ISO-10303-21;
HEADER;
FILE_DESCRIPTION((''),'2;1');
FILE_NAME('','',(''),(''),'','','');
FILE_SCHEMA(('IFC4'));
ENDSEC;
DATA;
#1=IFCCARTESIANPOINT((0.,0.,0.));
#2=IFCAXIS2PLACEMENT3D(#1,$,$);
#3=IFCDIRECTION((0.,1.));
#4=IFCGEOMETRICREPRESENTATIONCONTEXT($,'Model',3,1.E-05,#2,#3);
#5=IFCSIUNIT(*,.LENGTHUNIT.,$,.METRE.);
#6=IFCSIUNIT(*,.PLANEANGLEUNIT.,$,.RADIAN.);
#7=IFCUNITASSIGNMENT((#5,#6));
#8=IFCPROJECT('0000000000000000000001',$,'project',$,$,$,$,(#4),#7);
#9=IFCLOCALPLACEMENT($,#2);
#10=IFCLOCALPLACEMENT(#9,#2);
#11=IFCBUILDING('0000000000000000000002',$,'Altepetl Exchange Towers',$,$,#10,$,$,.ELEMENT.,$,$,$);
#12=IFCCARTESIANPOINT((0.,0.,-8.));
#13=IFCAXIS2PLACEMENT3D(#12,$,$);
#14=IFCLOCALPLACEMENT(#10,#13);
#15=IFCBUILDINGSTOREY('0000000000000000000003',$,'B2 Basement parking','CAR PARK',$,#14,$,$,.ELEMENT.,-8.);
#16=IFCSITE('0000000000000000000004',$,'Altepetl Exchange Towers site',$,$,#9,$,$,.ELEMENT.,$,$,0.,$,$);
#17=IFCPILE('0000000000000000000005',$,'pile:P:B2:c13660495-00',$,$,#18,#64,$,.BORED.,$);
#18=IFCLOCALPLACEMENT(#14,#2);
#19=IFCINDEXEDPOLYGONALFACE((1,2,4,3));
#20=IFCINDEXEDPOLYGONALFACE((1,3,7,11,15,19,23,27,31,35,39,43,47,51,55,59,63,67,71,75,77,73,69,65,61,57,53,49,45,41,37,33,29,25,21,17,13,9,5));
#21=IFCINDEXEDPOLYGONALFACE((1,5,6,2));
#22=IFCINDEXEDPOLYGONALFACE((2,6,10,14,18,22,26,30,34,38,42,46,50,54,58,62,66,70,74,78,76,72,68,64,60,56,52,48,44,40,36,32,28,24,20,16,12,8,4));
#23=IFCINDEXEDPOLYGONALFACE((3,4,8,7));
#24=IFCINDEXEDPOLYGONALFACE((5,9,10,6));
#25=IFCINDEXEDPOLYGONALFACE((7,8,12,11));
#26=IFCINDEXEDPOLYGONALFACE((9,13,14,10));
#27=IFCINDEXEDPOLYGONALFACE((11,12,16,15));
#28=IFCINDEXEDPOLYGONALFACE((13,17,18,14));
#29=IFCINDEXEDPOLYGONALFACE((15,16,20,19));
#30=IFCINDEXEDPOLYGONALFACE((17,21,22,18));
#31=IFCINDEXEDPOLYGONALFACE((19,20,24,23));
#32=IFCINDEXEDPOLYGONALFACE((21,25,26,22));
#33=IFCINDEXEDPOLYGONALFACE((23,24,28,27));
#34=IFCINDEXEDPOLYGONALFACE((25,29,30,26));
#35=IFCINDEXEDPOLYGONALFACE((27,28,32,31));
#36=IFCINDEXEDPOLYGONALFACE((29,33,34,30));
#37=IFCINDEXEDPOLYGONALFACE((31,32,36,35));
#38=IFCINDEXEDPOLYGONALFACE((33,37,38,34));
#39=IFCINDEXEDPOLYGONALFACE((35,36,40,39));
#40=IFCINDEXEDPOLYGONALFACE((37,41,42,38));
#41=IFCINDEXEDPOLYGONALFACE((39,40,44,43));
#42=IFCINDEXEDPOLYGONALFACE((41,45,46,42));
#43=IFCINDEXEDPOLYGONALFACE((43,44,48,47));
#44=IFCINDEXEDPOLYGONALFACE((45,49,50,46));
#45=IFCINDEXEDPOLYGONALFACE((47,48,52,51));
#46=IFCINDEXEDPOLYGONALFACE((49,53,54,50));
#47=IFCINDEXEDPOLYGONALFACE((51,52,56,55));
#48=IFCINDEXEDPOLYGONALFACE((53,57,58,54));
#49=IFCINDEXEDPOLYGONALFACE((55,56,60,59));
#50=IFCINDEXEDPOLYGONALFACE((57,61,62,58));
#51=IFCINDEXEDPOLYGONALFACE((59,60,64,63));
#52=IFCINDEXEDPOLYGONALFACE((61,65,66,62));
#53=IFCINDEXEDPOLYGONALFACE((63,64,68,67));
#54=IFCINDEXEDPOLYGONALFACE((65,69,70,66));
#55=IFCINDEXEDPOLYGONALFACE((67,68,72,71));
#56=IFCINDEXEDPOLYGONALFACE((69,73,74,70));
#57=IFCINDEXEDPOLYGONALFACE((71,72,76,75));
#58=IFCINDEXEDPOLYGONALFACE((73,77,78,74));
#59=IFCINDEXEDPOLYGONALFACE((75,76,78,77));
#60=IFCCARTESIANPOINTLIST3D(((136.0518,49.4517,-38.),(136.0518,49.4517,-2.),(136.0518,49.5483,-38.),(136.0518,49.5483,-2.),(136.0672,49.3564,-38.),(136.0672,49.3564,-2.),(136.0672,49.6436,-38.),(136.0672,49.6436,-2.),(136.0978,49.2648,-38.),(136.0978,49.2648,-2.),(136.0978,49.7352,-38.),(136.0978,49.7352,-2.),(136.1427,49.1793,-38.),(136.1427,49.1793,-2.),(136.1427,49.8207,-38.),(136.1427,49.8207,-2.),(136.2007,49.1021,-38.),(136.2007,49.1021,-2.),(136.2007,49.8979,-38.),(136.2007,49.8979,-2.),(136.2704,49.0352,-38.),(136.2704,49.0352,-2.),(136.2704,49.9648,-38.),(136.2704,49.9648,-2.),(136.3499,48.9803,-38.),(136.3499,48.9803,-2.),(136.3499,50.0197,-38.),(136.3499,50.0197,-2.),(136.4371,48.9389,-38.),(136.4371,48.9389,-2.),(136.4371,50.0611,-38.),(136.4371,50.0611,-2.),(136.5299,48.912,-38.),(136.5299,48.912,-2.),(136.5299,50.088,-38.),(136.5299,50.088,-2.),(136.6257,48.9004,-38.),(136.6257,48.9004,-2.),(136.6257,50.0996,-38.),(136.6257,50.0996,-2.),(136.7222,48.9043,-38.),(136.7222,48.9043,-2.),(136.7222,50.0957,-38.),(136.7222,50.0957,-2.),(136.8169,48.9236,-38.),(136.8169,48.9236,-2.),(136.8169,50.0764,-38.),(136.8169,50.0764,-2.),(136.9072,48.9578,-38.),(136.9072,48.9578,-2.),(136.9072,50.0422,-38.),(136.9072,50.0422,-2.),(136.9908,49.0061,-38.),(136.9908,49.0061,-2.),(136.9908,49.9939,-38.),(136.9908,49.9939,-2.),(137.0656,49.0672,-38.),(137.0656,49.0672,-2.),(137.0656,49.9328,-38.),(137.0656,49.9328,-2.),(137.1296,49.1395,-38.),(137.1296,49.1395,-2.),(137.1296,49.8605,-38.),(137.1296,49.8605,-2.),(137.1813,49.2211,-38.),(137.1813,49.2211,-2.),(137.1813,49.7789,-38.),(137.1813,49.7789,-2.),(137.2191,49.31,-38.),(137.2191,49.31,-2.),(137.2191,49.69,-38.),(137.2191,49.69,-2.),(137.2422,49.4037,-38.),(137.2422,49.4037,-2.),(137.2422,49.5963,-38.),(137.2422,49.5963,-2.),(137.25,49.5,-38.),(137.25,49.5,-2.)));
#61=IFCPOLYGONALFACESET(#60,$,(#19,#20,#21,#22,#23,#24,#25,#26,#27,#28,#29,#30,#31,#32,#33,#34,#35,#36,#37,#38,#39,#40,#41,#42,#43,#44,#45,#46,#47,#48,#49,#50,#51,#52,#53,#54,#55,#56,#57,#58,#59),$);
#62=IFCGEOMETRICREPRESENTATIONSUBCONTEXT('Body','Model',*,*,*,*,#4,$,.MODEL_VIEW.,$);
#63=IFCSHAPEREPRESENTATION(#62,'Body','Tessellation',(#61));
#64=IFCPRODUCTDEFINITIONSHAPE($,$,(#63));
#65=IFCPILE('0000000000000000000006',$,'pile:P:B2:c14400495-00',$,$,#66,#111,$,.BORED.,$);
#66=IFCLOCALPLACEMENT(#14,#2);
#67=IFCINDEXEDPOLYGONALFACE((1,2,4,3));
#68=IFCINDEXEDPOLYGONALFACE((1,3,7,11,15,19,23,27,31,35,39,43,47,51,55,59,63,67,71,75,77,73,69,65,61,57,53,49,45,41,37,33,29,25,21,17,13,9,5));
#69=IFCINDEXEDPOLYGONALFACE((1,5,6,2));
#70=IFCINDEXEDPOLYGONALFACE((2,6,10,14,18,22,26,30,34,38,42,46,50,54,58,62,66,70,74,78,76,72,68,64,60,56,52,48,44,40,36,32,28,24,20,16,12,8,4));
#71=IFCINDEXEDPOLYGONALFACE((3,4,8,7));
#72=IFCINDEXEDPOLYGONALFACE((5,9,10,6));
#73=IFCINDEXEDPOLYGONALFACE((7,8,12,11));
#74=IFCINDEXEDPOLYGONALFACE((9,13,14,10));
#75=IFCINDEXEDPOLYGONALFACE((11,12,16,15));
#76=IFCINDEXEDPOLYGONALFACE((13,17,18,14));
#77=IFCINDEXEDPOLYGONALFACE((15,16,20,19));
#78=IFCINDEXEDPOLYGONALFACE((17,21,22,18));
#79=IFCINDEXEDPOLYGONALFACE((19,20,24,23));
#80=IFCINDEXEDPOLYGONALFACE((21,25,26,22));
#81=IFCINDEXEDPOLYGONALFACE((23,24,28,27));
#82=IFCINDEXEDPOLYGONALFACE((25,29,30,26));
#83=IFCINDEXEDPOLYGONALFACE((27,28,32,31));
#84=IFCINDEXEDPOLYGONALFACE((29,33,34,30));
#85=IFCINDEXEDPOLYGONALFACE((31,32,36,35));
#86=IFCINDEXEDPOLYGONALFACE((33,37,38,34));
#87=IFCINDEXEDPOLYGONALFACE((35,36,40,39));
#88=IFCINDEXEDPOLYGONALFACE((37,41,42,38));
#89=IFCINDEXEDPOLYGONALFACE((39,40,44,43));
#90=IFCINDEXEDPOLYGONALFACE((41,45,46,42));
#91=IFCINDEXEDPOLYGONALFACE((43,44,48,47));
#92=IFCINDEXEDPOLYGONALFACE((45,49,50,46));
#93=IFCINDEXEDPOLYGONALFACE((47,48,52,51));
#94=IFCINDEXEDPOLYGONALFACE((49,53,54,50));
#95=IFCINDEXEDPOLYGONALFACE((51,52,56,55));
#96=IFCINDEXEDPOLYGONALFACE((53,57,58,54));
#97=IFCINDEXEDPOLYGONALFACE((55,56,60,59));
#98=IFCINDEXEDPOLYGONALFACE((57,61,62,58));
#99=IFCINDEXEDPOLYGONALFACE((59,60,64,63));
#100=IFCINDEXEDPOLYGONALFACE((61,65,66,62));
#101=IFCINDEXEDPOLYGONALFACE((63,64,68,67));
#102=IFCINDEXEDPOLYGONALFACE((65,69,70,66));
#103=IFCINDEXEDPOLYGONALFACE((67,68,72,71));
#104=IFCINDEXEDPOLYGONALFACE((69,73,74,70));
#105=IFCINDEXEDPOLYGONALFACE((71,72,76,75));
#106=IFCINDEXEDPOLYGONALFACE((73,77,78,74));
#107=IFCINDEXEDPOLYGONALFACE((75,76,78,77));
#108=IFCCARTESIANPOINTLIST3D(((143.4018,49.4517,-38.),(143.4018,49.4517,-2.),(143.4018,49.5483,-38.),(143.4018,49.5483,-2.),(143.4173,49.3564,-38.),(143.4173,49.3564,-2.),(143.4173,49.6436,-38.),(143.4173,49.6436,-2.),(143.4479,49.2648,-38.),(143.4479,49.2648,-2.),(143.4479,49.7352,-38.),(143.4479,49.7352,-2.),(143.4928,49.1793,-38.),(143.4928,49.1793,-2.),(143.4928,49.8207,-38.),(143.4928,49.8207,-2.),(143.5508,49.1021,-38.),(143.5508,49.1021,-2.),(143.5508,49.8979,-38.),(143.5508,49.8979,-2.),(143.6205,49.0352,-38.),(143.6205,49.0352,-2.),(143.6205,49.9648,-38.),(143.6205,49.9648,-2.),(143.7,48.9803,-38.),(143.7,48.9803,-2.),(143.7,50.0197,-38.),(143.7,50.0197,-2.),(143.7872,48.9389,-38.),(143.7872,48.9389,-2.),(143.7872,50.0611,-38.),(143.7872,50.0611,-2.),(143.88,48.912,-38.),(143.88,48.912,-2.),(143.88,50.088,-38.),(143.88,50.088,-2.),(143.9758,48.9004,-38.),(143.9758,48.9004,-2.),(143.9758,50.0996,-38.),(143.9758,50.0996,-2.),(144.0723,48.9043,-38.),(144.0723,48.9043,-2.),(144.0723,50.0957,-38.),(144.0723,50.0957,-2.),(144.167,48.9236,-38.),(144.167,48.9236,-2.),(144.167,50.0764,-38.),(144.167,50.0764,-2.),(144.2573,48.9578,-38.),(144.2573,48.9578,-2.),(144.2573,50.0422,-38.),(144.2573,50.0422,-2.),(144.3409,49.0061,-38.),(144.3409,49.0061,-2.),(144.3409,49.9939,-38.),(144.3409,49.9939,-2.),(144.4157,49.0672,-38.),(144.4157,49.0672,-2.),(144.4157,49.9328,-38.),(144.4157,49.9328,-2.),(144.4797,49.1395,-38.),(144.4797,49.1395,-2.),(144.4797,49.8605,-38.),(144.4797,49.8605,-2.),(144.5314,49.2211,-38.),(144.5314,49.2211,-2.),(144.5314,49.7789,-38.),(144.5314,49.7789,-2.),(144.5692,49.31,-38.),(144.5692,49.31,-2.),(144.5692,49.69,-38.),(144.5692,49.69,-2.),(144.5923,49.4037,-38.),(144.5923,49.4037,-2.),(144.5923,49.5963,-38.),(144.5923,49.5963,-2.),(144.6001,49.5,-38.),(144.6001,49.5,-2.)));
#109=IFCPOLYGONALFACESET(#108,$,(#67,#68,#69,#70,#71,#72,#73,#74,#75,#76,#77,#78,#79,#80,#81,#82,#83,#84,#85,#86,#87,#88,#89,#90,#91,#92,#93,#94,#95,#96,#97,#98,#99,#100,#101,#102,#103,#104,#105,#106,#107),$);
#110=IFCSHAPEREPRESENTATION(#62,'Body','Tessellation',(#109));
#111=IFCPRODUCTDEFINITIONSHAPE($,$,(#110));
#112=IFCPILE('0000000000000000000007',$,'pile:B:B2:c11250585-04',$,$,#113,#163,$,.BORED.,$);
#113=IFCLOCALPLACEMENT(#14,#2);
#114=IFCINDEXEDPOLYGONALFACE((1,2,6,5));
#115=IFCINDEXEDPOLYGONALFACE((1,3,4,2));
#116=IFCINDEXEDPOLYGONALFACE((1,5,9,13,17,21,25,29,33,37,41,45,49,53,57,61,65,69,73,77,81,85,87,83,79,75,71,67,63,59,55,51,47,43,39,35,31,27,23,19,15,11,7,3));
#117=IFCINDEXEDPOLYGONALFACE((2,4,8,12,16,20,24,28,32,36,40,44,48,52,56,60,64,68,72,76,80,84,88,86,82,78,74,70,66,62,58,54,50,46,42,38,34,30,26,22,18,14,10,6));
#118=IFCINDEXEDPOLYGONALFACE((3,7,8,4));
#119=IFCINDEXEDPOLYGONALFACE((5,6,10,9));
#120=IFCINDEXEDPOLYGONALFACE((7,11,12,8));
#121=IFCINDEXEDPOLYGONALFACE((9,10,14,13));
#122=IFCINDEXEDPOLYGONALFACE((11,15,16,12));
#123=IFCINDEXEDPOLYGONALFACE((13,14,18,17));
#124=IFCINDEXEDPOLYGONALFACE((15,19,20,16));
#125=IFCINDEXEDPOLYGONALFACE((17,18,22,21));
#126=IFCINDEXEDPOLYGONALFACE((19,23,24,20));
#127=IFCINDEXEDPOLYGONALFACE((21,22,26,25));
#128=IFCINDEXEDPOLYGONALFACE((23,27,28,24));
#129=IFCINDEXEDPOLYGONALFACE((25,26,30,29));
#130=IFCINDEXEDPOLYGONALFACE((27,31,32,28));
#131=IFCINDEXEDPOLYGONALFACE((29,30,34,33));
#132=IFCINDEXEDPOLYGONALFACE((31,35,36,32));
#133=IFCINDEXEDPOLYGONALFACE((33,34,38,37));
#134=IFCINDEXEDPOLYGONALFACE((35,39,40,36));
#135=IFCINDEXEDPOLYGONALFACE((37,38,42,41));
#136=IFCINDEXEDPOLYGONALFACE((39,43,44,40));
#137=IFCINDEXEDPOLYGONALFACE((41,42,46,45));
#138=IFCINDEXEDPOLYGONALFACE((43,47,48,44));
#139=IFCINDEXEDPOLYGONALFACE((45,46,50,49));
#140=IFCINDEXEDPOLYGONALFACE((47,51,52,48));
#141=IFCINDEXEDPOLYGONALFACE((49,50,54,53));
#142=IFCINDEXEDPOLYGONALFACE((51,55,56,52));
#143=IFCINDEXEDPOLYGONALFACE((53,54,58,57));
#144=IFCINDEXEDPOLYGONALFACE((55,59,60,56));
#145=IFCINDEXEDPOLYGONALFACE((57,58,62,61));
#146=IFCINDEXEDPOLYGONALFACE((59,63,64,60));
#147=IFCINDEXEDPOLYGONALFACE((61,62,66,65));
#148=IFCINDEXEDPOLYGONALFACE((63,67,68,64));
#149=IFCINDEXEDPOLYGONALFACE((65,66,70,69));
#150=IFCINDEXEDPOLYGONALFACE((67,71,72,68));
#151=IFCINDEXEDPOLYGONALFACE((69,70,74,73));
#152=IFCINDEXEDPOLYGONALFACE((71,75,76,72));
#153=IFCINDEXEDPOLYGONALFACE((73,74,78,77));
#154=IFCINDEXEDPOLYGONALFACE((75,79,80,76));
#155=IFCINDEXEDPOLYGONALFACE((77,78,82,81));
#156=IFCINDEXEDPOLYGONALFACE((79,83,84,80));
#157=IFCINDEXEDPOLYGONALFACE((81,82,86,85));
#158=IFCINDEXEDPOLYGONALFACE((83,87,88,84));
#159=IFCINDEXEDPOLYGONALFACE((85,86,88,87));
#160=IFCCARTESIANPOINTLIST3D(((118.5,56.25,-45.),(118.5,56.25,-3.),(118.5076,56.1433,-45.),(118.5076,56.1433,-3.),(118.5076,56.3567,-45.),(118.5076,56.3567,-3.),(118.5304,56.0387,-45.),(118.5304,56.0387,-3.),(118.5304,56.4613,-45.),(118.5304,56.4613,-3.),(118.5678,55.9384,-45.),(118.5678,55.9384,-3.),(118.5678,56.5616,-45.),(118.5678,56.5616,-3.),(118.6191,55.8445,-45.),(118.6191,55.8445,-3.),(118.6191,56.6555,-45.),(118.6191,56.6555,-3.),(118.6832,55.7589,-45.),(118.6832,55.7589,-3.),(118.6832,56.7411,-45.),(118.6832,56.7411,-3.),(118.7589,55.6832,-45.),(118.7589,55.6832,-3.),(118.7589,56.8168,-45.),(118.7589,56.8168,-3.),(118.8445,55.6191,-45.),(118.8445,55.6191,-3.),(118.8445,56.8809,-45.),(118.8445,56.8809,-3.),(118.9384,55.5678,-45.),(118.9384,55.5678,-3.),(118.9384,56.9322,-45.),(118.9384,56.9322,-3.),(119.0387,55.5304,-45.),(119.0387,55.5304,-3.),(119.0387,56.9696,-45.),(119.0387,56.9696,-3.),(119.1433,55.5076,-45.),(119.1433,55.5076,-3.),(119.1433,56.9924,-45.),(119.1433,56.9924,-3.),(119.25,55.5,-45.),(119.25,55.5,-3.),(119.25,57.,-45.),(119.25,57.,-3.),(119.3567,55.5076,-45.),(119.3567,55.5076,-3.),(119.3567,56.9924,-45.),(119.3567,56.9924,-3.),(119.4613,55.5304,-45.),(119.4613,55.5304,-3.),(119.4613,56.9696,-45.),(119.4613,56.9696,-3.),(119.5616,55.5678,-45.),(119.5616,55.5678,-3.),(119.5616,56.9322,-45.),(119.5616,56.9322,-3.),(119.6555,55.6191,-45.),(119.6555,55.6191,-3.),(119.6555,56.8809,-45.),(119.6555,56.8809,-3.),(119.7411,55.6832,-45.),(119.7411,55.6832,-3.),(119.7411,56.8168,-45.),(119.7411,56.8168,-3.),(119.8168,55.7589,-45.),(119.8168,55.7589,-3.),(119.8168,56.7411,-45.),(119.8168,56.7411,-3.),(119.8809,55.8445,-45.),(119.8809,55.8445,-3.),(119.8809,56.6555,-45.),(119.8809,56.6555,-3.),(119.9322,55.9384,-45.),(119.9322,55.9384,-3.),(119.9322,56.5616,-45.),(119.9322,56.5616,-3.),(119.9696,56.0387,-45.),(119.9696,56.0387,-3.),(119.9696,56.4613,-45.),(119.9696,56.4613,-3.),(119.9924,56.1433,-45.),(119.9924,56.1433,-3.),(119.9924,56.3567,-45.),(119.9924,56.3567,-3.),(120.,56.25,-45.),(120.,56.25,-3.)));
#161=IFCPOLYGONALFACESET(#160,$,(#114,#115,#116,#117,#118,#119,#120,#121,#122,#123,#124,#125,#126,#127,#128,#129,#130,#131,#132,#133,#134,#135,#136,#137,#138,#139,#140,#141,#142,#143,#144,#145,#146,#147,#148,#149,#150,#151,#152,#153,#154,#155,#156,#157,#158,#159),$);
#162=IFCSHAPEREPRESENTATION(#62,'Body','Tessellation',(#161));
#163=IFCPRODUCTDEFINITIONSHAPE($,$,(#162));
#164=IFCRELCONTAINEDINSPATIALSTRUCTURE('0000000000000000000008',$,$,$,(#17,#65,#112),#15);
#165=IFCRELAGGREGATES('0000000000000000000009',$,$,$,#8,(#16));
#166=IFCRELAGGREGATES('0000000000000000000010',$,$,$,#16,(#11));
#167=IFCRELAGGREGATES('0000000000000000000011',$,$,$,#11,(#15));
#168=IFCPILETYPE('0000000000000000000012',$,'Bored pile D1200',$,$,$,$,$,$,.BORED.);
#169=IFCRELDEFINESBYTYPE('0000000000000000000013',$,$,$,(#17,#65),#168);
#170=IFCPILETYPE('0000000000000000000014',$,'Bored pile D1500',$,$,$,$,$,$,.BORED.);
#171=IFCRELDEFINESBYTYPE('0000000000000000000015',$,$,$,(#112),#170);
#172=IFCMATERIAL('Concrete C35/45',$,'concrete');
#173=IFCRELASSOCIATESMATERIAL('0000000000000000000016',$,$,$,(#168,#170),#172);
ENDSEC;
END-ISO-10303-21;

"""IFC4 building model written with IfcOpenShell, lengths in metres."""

from ifc_helpers import new_model, si_unit, direction, frame, origin, origin_2d, place, context, subcontext, project, spatial, circle, extrude, material, material_profile, profile_set, type_object, element, save


model = new_model("IFC4")

# Units and contexts
model_context = context("Model", 3, precision=1e-05, world=origin(), true_north=direction((0.0, 1.0)))
body_context = subcontext(model_context, "Body", "Model", "MODEL_VIEW")
ifc_project = project(units=[si_unit("LENGTHUNIT", "METRE"), si_unit("PLANEANGLEUNIT", "RADIAN")], contexts=[model_context])

# Site, building, storey
site_placement = place(None, origin())
site = spatial("IfcSite", under=ifc_project, at=site_placement, Name="Altepetl Exchange Towers site", CompositionType="ELEMENT", RefElevation=0.0)
building_placement = place(site_placement, origin())
building = spatial("IfcBuilding", under=site, at=building_placement, Name="Altepetl Exchange Towers", CompositionType="ELEMENT")
storey_placement = place(building_placement, frame((0.0, 0.0, -8.0)))
storey = spatial("IfcBuildingStorey", under=building, at=storey_placement, Name="B2 Basement parking", Description="CAR PARK", CompositionType="ELEMENT", Elevation=-8.0)

# Piles
ifc_material_1 = material(Name="Concrete C35/45", Category="concrete")
ifc_material_profile_1 = material_profile(ifc_material_1, circle(Radius=0.6001, at=origin_2d()), Name="D1200")
ifc_profile_set_1 = profile_set([ifc_material_profile_1], Name="Concrete C35/45")
pile_type_1 = type_object("IfcPileType", Name="Bored pile D1200", PredefinedType="BORED", material=ifc_profile_set_1)
for number, where, z_axis, x_axis, name in (
    (1, (136.6499, 49.5, -2.0), (0.0, 0.0, -1.0), (1.0, 0.0, 0.0), "pile:P:B2:c13660495-00"),
    (2, (144.0, 49.5, -2.0), (0.0, 0.0, -1.0), (1.0, 0.0, 0.0), "pile:P:B2:c14400495-00"),
):
    element("IfcPile", number, at=place(storey_placement, frame(where, z_axis=z_axis, x_axis=x_axis)), inside=storey, type_object=pile_type_1, Name=name, PredefinedType="BORED", context=body_context, shape_type="SweptSolid", body=[
        extrude(circle(Radius=0.6001, at=origin_2d()), origin(), (0.0, 0.0, 1.0), 36.0),
    ])
ifc_material_profile_2 = material_profile(ifc_material_1, circle(Radius=0.75, at=origin_2d()), Name="D1500")
ifc_profile_set_2 = profile_set([ifc_material_profile_2], Name="Concrete C35/45")
pile_type_2 = type_object("IfcPileType", Name="Bored pile D1500", PredefinedType="BORED", material=ifc_profile_set_2)
for number, where, z_axis, x_axis, name in (
    (3, (119.25, 56.25, -3.0), (0.0, 0.0, -1.0), (1.0, 0.0, 0.0), "pile:B:B2:c11250585-04"),
):
    element("IfcPile", number, at=place(storey_placement, frame(where, z_axis=z_axis, x_axis=x_axis)), inside=storey, type_object=pile_type_2, Name=name, PredefinedType="BORED", context=body_context, shape_type="SweptSolid", body=[
        extrude(circle(Radius=0.75, at=origin_2d()), origin(), (0.0, 0.0, 1.0), 42.0),
    ])

save(model, "model.ifc")
